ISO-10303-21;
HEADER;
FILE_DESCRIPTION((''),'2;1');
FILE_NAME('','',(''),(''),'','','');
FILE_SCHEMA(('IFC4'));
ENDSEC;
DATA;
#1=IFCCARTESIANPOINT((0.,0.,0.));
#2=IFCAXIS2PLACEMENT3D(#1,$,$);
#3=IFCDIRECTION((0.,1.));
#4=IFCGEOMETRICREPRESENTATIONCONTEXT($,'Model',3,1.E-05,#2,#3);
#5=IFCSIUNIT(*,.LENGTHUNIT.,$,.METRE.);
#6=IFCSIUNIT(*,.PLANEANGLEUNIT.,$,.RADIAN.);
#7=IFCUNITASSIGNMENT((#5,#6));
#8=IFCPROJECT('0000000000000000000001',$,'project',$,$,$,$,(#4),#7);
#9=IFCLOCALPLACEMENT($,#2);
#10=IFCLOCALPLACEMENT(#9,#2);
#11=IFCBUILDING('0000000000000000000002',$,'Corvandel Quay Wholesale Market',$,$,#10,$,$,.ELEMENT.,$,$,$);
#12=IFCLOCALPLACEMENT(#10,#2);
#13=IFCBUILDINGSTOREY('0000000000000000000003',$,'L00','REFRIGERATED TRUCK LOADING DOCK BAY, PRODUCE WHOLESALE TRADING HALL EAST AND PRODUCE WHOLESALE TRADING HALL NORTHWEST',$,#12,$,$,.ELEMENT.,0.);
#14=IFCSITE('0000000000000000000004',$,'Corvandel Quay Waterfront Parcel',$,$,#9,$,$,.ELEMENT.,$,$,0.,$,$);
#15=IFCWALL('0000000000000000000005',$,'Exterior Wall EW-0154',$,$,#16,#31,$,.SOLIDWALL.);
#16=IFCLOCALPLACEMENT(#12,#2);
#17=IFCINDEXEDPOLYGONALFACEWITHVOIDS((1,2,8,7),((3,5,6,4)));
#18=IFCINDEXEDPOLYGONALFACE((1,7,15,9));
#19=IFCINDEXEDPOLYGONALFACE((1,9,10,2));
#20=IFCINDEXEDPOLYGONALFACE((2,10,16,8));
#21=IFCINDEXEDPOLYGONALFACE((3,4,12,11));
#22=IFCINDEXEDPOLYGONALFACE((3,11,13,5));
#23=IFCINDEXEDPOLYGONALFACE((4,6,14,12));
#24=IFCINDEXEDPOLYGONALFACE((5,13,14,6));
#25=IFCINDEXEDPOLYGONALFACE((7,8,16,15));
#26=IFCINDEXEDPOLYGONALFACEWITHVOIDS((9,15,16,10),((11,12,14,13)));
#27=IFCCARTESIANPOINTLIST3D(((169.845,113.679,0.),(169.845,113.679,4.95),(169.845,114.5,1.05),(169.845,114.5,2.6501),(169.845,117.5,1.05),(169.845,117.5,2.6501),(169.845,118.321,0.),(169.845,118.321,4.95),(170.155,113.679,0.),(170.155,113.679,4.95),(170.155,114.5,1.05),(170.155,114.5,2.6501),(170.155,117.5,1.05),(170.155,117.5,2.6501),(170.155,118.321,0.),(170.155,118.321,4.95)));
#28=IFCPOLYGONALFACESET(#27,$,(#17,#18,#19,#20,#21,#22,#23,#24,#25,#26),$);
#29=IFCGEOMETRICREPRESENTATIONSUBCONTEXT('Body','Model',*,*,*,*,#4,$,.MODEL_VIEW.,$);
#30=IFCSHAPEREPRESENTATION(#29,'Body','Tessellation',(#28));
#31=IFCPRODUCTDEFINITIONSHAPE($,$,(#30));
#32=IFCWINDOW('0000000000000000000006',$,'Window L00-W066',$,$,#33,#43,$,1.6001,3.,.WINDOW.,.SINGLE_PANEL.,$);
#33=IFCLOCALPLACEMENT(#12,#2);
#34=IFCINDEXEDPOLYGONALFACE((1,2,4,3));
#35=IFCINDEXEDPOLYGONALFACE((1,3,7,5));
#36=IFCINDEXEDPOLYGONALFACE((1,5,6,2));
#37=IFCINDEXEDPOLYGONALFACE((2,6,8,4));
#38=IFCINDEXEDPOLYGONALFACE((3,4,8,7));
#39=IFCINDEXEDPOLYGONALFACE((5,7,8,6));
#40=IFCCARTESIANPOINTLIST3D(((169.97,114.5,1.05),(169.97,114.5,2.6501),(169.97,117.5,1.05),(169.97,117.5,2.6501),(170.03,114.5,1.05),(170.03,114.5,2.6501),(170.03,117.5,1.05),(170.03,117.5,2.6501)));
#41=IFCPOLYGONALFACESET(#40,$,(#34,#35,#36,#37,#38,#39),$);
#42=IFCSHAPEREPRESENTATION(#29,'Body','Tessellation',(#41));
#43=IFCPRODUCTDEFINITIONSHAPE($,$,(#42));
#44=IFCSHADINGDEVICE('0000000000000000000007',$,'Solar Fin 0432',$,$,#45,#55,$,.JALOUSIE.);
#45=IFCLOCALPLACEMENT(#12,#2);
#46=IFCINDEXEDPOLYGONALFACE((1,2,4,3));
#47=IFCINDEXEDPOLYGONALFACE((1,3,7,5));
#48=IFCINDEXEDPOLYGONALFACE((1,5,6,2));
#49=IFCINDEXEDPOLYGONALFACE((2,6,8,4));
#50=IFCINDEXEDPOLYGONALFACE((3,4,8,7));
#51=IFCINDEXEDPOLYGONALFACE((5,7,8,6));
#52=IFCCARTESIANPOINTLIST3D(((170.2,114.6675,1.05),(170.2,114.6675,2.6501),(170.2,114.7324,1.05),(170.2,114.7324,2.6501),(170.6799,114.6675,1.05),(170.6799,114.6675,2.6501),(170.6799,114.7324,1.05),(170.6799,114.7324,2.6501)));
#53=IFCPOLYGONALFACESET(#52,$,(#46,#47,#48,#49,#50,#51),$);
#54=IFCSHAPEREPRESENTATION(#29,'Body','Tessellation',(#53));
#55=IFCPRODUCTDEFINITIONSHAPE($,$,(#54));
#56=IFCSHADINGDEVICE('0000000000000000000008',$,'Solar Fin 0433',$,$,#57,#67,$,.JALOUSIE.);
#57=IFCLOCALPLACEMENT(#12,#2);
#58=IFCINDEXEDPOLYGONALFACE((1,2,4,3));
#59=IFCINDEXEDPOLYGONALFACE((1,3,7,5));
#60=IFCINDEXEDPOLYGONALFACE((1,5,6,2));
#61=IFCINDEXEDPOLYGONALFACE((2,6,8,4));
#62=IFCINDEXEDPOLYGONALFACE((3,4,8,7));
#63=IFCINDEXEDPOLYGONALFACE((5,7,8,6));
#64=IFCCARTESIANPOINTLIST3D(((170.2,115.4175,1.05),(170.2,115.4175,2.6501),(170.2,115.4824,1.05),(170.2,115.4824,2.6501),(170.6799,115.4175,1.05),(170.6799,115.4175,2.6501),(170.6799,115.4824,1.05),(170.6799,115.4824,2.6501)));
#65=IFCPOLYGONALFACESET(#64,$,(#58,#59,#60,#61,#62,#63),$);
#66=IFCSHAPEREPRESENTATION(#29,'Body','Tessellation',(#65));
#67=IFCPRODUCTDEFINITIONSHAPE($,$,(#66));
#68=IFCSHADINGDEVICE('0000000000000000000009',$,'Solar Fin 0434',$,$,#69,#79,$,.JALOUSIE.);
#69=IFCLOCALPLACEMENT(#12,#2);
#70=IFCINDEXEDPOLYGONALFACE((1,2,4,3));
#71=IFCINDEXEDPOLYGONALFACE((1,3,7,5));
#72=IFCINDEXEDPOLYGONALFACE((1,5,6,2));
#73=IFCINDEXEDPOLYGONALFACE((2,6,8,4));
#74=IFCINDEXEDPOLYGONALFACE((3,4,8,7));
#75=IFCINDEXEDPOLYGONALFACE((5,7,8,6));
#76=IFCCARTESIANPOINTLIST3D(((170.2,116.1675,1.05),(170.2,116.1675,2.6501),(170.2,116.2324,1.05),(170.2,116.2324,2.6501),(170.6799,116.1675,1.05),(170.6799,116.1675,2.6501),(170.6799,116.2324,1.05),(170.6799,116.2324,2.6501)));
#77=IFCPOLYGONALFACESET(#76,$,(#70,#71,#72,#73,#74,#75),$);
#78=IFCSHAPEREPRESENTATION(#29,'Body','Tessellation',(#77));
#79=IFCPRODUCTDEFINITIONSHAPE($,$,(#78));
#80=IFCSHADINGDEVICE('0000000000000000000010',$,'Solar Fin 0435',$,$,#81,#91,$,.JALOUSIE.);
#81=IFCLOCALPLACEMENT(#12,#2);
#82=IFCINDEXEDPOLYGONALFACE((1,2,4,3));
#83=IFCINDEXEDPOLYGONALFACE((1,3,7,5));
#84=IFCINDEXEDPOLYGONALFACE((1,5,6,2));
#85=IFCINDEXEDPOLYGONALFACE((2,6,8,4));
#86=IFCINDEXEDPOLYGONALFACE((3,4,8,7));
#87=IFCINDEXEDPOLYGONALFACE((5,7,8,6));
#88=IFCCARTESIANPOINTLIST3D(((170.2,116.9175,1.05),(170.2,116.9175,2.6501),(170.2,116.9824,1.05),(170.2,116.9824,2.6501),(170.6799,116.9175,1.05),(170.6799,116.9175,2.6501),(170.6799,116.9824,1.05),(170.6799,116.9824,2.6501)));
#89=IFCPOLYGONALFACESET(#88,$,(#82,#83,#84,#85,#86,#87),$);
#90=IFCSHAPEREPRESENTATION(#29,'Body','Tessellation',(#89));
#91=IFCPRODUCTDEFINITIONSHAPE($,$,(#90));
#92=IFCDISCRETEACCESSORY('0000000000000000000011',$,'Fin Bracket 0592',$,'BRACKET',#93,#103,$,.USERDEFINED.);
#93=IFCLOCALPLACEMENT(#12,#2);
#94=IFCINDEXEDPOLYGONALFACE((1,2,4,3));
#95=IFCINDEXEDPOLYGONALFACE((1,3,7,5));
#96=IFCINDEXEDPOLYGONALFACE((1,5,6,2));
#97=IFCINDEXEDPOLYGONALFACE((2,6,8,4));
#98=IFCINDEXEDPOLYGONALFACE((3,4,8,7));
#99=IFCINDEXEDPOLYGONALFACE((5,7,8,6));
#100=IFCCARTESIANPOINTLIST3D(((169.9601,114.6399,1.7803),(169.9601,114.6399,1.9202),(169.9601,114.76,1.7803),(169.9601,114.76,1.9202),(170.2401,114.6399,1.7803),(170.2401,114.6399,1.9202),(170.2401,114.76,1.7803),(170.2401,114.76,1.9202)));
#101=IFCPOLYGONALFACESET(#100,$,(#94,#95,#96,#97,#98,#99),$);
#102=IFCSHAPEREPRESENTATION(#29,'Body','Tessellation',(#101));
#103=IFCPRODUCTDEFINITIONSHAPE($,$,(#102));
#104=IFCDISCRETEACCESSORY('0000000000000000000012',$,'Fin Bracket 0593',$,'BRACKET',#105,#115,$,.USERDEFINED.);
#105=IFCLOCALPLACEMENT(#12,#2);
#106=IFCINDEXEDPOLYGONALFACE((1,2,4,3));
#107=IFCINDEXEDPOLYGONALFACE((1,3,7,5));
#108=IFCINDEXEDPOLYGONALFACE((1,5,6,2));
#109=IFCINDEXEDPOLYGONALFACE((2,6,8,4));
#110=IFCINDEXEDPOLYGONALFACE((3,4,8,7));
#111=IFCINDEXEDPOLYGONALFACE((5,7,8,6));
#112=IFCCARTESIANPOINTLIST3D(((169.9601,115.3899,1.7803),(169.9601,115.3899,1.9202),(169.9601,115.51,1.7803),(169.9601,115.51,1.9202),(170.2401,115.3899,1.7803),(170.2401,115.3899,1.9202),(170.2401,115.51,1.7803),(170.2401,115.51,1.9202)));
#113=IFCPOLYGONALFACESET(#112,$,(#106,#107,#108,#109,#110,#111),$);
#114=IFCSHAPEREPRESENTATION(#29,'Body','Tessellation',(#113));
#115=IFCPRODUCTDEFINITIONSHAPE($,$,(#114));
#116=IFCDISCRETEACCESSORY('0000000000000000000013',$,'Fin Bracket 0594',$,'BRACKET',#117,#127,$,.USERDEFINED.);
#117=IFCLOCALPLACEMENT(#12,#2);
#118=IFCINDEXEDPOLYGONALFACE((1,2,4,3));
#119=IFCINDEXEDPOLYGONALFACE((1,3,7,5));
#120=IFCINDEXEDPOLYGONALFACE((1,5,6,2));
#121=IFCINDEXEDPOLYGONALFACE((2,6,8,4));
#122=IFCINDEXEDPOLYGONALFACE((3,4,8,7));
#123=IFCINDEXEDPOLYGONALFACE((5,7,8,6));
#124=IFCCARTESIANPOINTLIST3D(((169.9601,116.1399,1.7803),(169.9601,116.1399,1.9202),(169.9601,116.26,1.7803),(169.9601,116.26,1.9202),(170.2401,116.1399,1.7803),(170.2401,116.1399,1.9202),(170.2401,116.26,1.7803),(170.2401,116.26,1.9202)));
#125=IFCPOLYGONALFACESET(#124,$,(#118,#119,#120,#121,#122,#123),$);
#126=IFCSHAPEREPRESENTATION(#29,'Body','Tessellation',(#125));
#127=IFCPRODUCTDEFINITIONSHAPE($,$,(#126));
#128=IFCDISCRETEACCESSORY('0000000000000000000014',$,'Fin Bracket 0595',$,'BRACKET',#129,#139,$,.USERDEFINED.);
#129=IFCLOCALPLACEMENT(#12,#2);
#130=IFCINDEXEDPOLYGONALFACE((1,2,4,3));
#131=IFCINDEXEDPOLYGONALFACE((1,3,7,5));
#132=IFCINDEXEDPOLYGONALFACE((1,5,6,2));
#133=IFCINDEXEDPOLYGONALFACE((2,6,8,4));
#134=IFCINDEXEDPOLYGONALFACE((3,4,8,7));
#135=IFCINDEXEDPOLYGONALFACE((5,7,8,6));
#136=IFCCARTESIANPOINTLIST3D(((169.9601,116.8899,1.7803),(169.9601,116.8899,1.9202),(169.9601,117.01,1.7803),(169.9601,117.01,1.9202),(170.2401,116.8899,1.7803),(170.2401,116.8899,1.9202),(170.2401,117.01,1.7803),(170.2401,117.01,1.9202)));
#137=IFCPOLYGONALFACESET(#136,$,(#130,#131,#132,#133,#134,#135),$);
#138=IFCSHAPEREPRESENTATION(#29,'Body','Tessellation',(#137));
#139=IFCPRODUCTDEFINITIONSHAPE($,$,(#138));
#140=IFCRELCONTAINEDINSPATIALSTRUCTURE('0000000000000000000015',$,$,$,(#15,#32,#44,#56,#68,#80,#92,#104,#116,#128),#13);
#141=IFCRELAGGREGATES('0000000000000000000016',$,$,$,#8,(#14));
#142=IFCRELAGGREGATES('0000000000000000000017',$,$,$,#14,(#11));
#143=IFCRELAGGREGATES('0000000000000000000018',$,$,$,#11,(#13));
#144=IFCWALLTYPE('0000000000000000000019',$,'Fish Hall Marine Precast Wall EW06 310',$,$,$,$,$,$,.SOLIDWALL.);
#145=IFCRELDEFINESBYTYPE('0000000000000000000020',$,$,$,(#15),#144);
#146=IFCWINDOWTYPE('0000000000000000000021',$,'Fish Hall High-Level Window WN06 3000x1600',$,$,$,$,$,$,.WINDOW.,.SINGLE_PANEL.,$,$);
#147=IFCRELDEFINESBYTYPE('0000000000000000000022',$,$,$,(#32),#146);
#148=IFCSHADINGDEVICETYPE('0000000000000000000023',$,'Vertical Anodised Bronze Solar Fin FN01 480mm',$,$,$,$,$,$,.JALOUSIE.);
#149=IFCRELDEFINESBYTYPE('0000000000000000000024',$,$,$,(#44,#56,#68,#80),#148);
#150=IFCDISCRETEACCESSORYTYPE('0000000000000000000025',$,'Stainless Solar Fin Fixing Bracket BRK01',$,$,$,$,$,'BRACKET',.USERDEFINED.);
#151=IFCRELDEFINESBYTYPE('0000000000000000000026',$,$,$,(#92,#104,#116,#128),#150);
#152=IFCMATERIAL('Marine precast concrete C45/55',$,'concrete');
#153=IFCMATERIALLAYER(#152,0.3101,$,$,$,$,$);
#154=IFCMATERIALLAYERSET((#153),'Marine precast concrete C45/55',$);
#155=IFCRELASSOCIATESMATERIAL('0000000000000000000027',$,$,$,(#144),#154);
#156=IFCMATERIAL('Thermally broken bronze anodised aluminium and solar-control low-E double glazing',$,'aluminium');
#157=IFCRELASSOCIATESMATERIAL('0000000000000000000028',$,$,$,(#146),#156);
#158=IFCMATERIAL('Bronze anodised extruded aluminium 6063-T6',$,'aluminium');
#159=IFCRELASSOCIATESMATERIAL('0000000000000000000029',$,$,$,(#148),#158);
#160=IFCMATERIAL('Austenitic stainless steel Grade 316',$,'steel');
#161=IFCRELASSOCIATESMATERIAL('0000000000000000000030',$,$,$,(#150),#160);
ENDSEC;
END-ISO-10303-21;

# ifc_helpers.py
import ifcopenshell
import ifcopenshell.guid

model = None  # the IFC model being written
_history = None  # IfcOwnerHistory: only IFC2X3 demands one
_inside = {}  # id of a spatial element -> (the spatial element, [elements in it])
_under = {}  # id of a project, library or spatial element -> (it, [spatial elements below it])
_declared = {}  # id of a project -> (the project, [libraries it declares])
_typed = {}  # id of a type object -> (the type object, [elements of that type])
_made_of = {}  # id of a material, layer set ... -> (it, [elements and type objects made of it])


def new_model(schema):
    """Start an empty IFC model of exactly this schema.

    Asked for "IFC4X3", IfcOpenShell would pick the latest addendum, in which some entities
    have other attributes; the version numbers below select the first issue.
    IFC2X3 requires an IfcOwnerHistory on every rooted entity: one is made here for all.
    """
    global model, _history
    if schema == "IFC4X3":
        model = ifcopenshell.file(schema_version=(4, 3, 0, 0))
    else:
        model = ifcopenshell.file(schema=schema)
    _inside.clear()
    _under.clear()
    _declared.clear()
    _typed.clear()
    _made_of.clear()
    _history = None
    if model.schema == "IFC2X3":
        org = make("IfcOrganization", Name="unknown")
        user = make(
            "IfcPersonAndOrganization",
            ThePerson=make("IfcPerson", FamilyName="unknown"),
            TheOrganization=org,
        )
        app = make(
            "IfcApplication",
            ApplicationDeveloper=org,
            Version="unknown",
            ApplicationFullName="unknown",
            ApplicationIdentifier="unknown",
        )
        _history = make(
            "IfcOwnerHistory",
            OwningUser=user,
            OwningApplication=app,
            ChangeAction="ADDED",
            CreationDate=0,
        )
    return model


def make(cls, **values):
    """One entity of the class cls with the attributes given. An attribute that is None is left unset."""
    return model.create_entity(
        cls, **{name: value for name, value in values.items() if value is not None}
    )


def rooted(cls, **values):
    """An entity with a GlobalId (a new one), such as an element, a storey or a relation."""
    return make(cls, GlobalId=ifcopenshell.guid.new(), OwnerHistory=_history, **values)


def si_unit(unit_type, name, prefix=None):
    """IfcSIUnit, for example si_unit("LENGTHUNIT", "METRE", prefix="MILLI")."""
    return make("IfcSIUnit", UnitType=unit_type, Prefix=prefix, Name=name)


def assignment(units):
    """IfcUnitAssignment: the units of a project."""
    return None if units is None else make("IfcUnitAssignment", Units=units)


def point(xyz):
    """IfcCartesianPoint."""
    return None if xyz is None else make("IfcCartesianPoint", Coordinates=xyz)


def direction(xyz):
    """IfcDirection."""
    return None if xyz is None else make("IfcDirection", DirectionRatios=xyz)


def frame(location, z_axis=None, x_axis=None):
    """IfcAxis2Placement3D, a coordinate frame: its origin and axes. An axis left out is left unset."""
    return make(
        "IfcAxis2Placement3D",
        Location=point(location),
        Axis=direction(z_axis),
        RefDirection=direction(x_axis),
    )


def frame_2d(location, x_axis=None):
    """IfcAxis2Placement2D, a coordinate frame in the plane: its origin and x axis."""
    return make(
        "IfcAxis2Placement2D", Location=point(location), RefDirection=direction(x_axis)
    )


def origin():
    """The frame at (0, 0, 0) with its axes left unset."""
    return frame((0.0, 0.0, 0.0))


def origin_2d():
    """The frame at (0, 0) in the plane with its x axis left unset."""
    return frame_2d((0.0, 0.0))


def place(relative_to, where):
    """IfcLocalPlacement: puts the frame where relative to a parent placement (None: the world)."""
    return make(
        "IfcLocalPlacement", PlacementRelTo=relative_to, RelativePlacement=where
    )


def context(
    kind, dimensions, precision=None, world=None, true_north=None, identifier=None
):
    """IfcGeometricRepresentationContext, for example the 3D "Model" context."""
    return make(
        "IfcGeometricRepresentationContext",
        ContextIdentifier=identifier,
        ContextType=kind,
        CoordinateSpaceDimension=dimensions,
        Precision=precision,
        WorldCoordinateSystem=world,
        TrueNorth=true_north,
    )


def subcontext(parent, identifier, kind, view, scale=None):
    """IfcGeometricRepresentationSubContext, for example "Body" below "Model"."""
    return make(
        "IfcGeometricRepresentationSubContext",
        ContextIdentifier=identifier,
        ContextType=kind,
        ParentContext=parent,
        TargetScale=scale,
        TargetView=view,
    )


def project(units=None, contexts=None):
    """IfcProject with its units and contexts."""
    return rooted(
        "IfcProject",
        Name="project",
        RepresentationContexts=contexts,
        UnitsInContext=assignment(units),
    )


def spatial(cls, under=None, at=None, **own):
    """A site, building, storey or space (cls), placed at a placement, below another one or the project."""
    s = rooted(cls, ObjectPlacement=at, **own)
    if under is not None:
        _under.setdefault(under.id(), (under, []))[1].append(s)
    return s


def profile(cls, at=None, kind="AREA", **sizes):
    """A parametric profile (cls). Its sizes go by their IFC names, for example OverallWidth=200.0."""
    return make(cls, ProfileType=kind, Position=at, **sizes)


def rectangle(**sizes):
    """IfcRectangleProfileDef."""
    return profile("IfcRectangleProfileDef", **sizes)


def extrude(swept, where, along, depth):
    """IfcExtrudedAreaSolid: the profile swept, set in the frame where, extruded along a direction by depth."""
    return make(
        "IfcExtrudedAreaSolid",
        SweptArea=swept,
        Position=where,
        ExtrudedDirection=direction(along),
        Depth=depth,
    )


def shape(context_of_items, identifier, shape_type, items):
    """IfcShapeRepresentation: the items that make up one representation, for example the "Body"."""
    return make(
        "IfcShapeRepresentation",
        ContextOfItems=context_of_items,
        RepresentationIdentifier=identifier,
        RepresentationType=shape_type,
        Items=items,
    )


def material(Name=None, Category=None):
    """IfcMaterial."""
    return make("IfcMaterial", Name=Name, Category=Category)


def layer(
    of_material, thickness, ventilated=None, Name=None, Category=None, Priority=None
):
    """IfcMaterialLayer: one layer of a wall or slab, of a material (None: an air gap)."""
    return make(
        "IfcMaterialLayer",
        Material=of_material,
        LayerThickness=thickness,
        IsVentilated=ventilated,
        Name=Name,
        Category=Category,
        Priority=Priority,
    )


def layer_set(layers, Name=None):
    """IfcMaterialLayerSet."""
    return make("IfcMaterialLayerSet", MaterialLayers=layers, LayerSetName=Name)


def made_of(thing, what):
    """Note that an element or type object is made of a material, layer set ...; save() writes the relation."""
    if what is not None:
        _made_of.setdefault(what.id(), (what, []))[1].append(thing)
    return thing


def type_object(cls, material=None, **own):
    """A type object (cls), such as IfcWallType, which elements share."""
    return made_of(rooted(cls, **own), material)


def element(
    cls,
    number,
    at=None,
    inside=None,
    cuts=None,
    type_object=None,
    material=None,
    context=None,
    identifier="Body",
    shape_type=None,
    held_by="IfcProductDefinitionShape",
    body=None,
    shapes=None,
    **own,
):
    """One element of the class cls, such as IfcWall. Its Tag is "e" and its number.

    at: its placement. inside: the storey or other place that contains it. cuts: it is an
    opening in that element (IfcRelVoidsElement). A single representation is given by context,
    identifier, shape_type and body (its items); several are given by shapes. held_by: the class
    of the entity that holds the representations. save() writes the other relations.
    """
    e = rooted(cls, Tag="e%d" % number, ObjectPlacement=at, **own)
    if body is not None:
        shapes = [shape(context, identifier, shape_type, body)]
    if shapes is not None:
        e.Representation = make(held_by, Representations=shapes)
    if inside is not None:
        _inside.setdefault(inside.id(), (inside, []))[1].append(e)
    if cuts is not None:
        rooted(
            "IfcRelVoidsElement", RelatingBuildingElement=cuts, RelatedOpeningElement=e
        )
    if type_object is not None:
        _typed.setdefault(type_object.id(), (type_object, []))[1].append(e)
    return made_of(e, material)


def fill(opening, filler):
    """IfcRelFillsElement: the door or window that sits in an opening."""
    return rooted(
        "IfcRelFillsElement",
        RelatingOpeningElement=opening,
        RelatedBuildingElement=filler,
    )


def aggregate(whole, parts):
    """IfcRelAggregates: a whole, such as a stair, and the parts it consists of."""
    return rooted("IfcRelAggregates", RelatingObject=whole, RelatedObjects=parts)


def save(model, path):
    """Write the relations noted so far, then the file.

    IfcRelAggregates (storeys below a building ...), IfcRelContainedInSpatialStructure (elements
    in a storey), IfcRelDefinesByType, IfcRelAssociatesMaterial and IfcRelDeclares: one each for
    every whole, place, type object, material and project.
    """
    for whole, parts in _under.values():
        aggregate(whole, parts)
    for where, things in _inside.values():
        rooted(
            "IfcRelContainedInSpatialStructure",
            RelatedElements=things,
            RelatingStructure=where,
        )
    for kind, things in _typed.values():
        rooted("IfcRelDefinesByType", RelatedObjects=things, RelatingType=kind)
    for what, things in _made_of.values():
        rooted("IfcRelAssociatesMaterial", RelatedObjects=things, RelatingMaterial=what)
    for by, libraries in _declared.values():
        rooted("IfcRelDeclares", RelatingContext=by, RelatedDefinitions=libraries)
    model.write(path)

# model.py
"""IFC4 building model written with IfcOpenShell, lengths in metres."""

from ifc_helpers import new_model, si_unit, direction, frame, frame_2d, origin, origin_2d, place, context, subcontext, project, spatial, rectangle, extrude, material, layer, layer_set, type_object, element, fill, save


model = new_model("IFC4")

# Units and contexts
model_context = context("Model", 3, precision=1e-05, world=origin(), true_north=direction((0.0, 1.0)))
body_context = subcontext(model_context, "Body", "Model", "MODEL_VIEW")
ifc_project = project(units=[si_unit("LENGTHUNIT", "METRE"), si_unit("PLANEANGLEUNIT", "RADIAN")], contexts=[model_context])

# Site, building, storey
site_placement = place(None, origin())
site = spatial("IfcSite", under=ifc_project, at=site_placement, Name="Corvandel Quay Waterfront Parcel", CompositionType="ELEMENT", RefElevation=0.0)
building_placement = place(site_placement, origin())
building = spatial("IfcBuilding", under=site, at=building_placement, Name="Corvandel Quay Wholesale Market", CompositionType="ELEMENT")
storey_placement = place(building_placement, origin())
storey = spatial("IfcBuildingStorey", under=building, at=storey_placement, Name="L00", Description="REFRIGERATED TRUCK LOADING DOCK BAY, PRODUCE WHOLESALE TRADING HALL EAST AND PRODUCE WHOLESALE TRADING HALL NORTHWEST", CompositionType="ELEMENT", Elevation=0.0)

# Shared definitions
ifc_material_1 = material(Name="Marine precast concrete C45/55", Category="concrete")
ifc_layer_1 = layer(ifc_material_1, 0.3101)
ifc_layer_set_1 = layer_set([ifc_layer_1], Name="Marine precast concrete C45/55")
wall_type_1 = type_object("IfcWallType", Name="Fish Hall Marine Precast Wall EW06 310", PredefinedType="SOLIDWALL", material=ifc_layer_set_1)

# Wall, opening, window
wall_1_placement = place(storey_placement, frame((170.0, 113.679, 0.0), z_axis=(0.0, 0.0, 1.0), x_axis=(0.0, 1.0, 0.0)))
wall_1 = element("IfcWall", 1, at=wall_1_placement, inside=storey, type_object=wall_type_1, Name="Exterior Wall EW-0154", PredefinedType="SOLIDWALL", context=body_context, shape_type="SweptSolid", body=[
    extrude(rectangle(XDim=4.6421, YDim=0.3101, at=frame_2d((2.321, 0.0))), origin(), (0.0, 0.0, 1.0), 4.95),
])
opening_1_placement = place(wall_1_placement, frame((0.821, 0.0, 1.05)))
opening_1 = element("IfcOpeningElement", 2, at=opening_1_placement, cuts=wall_1, PredefinedType="OPENING", context=body_context, shape_type="SweptSolid", body=[
    extrude(rectangle(XDim=3.0, YDim=1.6001, at=frame_2d((1.5, 0.8))), frame((0.0, 0.165, 0.0), z_axis=(0.0, -1.0, 0.0), x_axis=(1.0, 0.0, 0.0)), (0.0, 0.0, 1.0), 0.3301),
])
ifc_material_2 = material(Name="Thermally broken bronze anodised aluminium and solar-control low-E double glazing", Category="aluminium")
window_type = type_object("IfcWindowType", Name="Fish Hall High-Level Window WN06 3000x1600", PartitioningType="SINGLE_PANEL", PredefinedType="WINDOW", material=ifc_material_2)
window_placement = place(opening_1_placement, origin())
window = element("IfcWindow", 3, at=window_placement, inside=storey, type_object=window_type, Name="Window L00-W066", OverallHeight=1.6001, OverallWidth=3.0, PartitioningType="SINGLE_PANEL", PredefinedType="WINDOW", context=body_context, shape_type="SweptSolid", body=[
    extrude(rectangle(XDim=3.0, YDim=1.6001, at=frame_2d((1.5, 0.8))), frame((0.0, 0.03, 0.0), z_axis=(0.0, -1.0, 0.0), x_axis=(1.0, 0.0, 0.0)), (0.0, 0.0, 1.0), 0.0601),
])
fill(opening_1, window)

# Shading devices
ifc_material_3 = material(Name="Bronze anodised extruded aluminium 6063-T6", Category="aluminium")
shading_device_type = type_object("IfcShadingDeviceType", Name="Vertical Anodised Bronze Solar Fin FN01 480mm", PredefinedType="JALOUSIE", material=ifc_material_3)
for number, where, z_axis, x_axis, name in (
    (4, (170.4399, 114.7, 1.05), (0.0, 0.0, 1.0), (1.0, 0.0, 0.0), "Solar Fin 0432"),
    (5, (170.4399, 115.45, 1.05), (0.0, 0.0, 1.0), (1.0, 0.0, 0.0), "Solar Fin 0433"),
    (6, (170.4399, 116.2, 1.05), (0.0, 0.0, 1.0), (1.0, 0.0, 0.0), "Solar Fin 0434"),
    (7, (170.4399, 116.95, 1.05), (0.0, 0.0, 1.0), (1.0, 0.0, 0.0), "Solar Fin 0435"),
):
    element("IfcShadingDevice", number, at=place(storey_placement, frame(where, z_axis=z_axis, x_axis=x_axis)), inside=storey, type_object=shading_device_type, Name=name, PredefinedType="JALOUSIE", context=body_context, shape_type="SweptSolid", body=[
        extrude(rectangle(XDim=0.48, YDim=0.0649, at=origin_2d()), origin(), (0.0, 0.0, 1.0), 1.6001),
    ])

# Discrete accessories
ifc_material_4 = material(Name="Austenitic stainless steel Grade 316", Category="steel")
discrete_accessory_type = type_object("IfcDiscreteAccessoryType", Name="Stainless Solar Fin Fixing Bracket BRK01", ElementType="BRACKET", PredefinedType="USERDEFINED", material=ifc_material_4)
for number, where, z_axis, x_axis, name in (
    (8, (170.1001, 114.7, 1.7803), (0.0, 0.0, 1.0), (1.0, 0.0, 0.0), "Fin Bracket 0592"),
    (9, (170.1001, 115.45, 1.7803), (0.0, 0.0, 1.0), (1.0, 0.0, 0.0), "Fin Bracket 0593"),
    (10, (170.1001, 116.2, 1.7803), (0.0, 0.0, 1.0), (1.0, 0.0, 0.0), "Fin Bracket 0594"),
    (11, (170.1001, 116.95, 1.7803), (0.0, 0.0, 1.0), (1.0, 0.0, 0.0), "Fin Bracket 0595"),
):
    element("IfcDiscreteAccessory", number, at=place(storey_placement, frame(where, z_axis=z_axis, x_axis=x_axis)), inside=storey, type_object=discrete_accessory_type, Name=name, ObjectType="BRACKET", PredefinedType="USERDEFINED", context=body_context, shape_type="SweptSolid", body=[
        extrude(rectangle(XDim=0.28, YDim=0.1201, at=origin_2d()), origin(), (0.0, 0.0, 1.0), 0.1399),
    ])

save(model, "model.ifc")
